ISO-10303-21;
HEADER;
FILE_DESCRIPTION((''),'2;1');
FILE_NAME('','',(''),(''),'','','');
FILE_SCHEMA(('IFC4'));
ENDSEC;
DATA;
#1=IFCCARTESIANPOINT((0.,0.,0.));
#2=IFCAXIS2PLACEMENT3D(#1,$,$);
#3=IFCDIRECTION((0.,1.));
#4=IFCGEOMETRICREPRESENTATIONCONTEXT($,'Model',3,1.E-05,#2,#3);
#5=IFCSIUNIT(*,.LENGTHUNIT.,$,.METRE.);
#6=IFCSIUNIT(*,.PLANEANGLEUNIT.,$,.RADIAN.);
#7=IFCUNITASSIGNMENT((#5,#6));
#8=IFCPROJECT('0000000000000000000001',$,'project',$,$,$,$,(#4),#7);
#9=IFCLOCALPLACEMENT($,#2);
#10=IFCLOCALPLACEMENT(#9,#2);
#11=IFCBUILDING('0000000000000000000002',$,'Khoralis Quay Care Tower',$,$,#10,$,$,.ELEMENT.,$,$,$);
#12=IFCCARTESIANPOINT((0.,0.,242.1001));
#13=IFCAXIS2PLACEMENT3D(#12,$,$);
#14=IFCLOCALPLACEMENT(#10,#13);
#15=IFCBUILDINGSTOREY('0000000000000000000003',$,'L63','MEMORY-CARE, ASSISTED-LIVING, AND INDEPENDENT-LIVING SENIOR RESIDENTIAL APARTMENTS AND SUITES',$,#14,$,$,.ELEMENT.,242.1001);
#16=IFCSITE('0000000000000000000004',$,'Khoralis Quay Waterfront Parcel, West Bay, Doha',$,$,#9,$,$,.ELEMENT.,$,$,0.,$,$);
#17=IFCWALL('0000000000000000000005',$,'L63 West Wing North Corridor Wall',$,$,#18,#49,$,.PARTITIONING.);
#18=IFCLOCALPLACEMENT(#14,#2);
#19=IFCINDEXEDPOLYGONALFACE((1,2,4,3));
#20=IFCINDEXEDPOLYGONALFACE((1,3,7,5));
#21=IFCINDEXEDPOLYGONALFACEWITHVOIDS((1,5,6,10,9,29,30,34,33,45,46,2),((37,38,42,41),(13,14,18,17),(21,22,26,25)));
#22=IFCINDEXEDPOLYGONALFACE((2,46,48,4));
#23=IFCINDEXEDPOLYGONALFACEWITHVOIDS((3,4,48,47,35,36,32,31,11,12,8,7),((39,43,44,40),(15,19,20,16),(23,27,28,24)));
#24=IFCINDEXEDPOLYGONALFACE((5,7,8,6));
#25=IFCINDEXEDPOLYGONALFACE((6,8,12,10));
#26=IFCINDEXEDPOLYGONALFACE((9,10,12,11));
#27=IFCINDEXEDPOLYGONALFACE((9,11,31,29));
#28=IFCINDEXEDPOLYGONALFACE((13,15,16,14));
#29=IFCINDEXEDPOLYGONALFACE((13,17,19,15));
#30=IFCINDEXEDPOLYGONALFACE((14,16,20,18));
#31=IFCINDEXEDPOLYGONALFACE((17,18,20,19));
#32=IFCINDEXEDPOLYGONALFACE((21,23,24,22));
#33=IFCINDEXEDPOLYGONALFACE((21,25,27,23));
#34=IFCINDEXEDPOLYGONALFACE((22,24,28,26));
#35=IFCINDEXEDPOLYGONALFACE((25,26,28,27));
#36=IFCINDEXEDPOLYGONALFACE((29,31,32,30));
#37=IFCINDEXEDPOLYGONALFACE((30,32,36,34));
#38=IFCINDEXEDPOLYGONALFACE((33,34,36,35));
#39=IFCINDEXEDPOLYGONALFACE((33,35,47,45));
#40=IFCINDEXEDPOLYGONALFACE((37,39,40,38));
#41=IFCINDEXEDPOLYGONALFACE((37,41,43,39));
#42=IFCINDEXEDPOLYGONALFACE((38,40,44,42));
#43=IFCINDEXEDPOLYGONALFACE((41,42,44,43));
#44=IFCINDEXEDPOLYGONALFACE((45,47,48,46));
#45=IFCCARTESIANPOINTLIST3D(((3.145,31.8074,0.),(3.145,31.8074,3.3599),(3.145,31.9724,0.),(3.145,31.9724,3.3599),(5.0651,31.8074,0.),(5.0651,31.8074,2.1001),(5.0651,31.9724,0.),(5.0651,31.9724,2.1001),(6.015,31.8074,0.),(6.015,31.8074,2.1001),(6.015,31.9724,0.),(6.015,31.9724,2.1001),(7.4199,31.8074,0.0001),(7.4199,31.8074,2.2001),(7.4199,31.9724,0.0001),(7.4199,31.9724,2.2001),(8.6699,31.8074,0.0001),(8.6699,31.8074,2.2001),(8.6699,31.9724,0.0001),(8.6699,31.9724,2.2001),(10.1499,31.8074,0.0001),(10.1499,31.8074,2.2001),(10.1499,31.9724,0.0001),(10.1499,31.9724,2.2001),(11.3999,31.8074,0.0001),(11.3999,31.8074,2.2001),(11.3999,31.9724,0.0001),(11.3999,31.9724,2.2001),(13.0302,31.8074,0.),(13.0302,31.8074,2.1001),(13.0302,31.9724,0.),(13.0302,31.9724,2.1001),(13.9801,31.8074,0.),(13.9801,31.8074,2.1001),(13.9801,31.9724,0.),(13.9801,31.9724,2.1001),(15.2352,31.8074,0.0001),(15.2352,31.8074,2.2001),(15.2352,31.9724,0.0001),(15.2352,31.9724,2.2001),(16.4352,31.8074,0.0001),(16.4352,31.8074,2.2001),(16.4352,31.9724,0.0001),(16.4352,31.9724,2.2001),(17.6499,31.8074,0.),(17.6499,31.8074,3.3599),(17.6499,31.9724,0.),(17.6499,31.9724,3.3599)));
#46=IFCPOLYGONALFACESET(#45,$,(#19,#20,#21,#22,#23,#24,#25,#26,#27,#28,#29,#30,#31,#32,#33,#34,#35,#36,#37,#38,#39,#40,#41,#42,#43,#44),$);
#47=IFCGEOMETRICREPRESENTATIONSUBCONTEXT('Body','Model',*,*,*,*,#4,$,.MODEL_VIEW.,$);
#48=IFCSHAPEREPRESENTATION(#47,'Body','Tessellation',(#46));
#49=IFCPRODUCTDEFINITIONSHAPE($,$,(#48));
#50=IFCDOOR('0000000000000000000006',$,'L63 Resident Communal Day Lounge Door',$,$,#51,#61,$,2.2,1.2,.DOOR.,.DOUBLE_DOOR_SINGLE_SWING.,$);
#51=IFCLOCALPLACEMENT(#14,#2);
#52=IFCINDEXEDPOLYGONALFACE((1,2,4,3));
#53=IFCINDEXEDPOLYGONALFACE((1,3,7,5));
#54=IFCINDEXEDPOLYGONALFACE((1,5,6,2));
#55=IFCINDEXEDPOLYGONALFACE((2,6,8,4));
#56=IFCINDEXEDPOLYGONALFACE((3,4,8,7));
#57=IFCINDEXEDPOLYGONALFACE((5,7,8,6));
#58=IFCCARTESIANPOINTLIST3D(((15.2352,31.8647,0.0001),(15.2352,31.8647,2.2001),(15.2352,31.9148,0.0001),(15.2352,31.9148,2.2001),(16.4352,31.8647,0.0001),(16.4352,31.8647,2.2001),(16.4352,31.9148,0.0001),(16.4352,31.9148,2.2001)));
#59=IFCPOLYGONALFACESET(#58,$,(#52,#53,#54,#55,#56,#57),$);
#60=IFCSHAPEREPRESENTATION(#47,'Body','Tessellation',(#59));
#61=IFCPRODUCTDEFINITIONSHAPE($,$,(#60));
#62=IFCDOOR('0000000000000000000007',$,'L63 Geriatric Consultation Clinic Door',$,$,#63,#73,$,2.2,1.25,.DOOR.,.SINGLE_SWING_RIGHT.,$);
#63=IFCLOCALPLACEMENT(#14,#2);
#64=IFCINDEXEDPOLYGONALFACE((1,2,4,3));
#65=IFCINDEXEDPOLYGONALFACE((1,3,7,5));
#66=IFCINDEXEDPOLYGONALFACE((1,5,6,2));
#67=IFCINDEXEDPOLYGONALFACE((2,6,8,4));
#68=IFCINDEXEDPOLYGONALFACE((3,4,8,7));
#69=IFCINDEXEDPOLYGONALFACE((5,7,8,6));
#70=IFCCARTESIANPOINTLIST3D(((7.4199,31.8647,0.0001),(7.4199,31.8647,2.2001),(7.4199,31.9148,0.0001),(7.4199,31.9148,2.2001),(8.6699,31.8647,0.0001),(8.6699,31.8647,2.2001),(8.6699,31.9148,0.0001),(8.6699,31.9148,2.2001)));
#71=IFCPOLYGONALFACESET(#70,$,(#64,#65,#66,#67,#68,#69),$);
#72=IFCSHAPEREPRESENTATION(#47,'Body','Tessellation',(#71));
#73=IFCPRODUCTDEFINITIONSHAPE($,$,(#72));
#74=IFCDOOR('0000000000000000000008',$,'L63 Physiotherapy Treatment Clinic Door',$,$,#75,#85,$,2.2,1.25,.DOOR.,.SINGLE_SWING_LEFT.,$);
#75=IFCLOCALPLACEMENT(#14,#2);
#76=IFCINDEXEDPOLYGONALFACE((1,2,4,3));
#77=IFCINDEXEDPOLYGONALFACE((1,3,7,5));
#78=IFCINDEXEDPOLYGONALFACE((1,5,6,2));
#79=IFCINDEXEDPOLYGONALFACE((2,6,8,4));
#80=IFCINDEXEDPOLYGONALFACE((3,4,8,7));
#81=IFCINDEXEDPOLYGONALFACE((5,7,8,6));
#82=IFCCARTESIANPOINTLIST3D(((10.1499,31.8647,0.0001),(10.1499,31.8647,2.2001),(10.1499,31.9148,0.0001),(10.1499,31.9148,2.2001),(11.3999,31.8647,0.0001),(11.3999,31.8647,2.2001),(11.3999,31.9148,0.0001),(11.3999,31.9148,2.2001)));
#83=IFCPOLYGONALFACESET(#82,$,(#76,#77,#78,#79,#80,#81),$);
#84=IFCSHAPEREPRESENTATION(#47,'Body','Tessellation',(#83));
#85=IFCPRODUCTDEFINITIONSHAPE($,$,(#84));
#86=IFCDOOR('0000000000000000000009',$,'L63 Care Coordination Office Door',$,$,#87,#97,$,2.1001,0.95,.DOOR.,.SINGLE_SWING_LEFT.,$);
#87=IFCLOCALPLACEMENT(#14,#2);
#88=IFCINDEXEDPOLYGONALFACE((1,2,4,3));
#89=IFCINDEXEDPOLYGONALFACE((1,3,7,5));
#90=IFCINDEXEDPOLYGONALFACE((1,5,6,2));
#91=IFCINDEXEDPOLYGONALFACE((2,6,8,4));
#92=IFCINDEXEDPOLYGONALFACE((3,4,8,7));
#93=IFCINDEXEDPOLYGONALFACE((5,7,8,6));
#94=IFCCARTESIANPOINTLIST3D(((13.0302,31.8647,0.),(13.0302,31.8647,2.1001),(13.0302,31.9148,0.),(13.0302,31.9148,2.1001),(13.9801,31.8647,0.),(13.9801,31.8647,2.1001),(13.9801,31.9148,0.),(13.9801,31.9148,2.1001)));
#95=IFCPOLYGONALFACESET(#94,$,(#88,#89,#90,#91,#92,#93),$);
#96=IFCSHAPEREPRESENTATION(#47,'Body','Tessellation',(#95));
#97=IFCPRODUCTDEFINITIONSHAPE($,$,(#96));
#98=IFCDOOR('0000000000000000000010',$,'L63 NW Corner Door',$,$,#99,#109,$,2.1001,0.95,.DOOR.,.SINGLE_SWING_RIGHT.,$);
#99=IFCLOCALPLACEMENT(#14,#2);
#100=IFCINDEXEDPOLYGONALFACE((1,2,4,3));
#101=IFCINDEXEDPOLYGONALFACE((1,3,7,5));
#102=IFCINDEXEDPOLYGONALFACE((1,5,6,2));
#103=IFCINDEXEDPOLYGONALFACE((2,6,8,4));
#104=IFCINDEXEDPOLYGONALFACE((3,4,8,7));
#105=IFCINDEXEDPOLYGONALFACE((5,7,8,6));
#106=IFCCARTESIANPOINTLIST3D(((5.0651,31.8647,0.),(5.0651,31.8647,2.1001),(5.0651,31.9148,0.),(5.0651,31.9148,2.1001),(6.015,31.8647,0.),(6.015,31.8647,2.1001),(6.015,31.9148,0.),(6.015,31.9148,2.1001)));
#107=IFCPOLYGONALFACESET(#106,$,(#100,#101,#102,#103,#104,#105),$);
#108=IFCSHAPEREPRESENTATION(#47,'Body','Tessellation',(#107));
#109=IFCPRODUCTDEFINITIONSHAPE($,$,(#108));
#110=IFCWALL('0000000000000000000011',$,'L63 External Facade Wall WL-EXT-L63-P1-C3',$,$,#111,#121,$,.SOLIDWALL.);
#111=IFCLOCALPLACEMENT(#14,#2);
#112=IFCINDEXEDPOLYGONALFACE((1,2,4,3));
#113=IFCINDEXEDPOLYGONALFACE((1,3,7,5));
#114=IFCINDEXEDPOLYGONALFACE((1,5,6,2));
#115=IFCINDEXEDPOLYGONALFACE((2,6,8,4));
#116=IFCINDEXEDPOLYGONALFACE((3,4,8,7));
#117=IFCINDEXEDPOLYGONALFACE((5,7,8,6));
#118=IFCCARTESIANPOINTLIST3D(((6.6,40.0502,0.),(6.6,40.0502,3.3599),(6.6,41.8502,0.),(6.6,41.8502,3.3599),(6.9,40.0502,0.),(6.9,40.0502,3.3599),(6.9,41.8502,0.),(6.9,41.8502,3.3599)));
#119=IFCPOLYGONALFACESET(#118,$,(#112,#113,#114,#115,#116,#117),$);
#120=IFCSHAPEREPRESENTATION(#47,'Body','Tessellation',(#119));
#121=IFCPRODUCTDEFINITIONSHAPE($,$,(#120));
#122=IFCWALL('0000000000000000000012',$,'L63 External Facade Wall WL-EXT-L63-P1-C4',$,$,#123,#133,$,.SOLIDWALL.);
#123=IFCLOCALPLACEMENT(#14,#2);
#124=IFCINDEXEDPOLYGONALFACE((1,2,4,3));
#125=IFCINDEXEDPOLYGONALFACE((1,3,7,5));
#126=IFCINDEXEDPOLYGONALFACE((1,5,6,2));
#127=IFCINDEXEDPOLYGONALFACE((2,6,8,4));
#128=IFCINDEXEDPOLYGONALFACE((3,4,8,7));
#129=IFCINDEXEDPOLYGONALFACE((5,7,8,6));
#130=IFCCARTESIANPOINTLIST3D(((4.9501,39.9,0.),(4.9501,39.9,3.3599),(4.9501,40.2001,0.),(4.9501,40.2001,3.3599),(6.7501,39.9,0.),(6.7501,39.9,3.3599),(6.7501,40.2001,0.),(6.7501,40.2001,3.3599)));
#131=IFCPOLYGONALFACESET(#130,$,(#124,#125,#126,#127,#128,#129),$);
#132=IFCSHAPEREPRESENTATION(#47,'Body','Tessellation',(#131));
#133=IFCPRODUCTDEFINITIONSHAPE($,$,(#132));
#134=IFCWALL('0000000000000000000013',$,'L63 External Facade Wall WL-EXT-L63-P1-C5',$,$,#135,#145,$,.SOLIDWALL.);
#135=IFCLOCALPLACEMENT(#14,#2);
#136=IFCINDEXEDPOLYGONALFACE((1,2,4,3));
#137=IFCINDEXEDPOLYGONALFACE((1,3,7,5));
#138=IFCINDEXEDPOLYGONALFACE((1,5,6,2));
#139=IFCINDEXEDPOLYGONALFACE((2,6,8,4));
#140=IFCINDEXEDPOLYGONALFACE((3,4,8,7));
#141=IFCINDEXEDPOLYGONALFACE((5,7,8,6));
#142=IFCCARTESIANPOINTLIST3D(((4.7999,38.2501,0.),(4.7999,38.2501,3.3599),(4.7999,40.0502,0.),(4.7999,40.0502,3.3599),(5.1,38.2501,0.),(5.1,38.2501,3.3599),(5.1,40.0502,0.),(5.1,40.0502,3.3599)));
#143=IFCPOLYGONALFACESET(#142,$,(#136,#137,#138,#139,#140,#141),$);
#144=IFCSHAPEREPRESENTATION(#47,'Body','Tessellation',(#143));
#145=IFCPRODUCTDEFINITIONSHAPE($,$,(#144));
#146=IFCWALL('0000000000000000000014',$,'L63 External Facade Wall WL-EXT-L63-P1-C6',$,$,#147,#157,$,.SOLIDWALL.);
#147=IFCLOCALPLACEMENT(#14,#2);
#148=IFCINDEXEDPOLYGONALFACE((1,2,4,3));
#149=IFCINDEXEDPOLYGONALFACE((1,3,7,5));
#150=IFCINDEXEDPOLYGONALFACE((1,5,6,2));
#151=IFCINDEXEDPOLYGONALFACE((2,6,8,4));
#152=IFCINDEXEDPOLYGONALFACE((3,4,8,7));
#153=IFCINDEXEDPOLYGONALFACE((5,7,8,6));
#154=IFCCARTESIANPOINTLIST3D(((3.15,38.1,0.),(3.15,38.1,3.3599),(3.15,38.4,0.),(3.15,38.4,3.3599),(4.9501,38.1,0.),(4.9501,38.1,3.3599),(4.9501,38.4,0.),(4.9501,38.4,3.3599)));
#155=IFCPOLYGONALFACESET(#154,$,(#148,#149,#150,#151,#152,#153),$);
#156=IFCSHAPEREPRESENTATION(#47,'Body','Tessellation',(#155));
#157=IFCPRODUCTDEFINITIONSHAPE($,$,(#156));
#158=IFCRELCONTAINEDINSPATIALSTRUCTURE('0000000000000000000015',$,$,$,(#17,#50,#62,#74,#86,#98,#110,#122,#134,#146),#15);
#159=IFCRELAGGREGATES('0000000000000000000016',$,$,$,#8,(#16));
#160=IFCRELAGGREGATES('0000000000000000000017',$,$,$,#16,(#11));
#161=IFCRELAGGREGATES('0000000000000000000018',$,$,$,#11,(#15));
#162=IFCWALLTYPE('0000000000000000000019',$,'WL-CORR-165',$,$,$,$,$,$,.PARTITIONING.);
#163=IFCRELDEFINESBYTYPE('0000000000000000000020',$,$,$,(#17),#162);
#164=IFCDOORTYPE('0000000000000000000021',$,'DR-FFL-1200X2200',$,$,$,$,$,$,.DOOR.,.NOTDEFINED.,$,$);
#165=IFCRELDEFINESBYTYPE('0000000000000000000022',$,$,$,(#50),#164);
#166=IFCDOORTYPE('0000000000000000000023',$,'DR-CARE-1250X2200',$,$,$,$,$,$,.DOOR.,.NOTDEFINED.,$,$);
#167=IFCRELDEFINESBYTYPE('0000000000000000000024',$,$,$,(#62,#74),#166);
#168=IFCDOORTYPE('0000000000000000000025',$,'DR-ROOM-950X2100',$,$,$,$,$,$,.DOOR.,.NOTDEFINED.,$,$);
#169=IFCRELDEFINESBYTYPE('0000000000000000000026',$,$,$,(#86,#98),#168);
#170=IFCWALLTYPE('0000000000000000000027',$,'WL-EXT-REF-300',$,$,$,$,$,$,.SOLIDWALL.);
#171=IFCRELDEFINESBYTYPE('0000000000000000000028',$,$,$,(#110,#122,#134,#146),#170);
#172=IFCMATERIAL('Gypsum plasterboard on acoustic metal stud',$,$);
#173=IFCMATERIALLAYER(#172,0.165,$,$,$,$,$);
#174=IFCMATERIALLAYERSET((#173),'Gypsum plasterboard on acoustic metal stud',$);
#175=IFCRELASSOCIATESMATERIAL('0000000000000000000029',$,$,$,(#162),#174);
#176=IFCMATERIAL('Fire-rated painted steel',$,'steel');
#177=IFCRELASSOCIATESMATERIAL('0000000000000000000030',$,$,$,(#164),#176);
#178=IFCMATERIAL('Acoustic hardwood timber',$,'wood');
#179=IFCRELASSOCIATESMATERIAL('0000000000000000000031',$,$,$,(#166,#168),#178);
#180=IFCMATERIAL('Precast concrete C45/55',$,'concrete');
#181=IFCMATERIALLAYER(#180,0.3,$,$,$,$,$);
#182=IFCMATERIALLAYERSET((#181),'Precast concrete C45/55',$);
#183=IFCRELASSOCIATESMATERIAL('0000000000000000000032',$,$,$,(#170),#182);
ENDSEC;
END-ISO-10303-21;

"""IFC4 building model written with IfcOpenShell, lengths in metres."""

from ifc_helpers import new_model, si_unit, direction, frame, frame_2d, origin, place, context, subcontext, project, spatial, rectangle, extrude, source, transform, mapped, material, layer, layer_set, type_object, element, fill, save


model = new_model("IFC4")

# Units and contexts
model_context = context("Model", 3, precision=1e-05, world=origin(), true_north=direction((0.0, 1.0)))
body_context = subcontext(model_context, "Body", "Model", "MODEL_VIEW")
ifc_project = project(units=[si_unit("LENGTHUNIT", "METRE"), si_unit("PLANEANGLEUNIT", "RADIAN")], contexts=[model_context])

# Site, building, storey
site_placement = place(None, origin())
site = spatial("IfcSite", under=ifc_project, at=site_placement, Name="Khoralis Quay Waterfront Parcel, West Bay, Doha", CompositionType="ELEMENT", RefElevation=0.0)
building_placement = place(site_placement, origin())
building = spatial("IfcBuilding", under=site, at=building_placement, Name="Khoralis Quay Care Tower", CompositionType="ELEMENT")
storey_placement = place(building_placement, frame((0.0, 0.0, 242.1001)))
storey = spatial("IfcBuildingStorey", under=building, at=storey_placement, Name="L63", Description="MEMORY-CARE, ASSISTED-LIVING, AND INDEPENDENT-LIVING SENIOR RESIDENTIAL APARTMENTS AND SUITES", CompositionType="ELEMENT", Elevation=242.1001)

# Shared definitions
ifc_material_1 = material(Name="Gypsum plasterboard on acoustic metal stud")
ifc_layer_1 = layer(ifc_material_1, 0.165)
ifc_layer_set_1 = layer_set([ifc_layer_1], Name="Gypsum plasterboard on acoustic metal stud")
wall_type_1 = type_object("IfcWallType", Name="WL-CORR-165", PredefinedType="PARTITIONING", material=ifc_layer_set_1)
ifc_material_2 = material(Name="Fire-rated painted steel", Category="steel")
door_type_1 = type_object("IfcDoorType", Name="DR-FFL-1200X2200", OperationType="NOTDEFINED", PredefinedType="DOOR", material=ifc_material_2)
shared_shape_1 = source(origin(), body_context, "Body", "SweptSolid", [
    extrude(rectangle(XDim=1.2, YDim=2.2, at=frame_2d((0.6001, 1.1001))), frame((0.0, 0.0249, 0.0), z_axis=(0.0, -1.0, 0.0), x_axis=(1.0, 0.0, 0.0)), (0.0, 0.0, 1.0), 0.05),
])

# Wall, openings, doors
wall_1_placement = place(storey_placement, frame((3.145, 31.8899, 0.0), z_axis=(0.0, 0.0, 1.0), x_axis=(1.0, 0.0, 0.0)))
wall_1 = element("IfcWall", 1, at=wall_1_placement, inside=storey, type_object=wall_type_1, Name="L63 West Wing North Corridor Wall", PredefinedType="PARTITIONING", context=body_context, shape_type="SweptSolid", body=[
    extrude(rectangle(XDim=14.5049, YDim=0.165, at=frame_2d((7.2524, 0.0))), origin(), (0.0, 0.0, 1.0), 3.3599),
])
opening_1_placement = place(wall_1_placement, frame((4.2749, 0.0, 0.0)))
opening_1 = element("IfcOpeningElement", 2, at=opening_1_placement, cuts=wall_1, PredefinedType="OPENING", context=body_context, shape_type="SweptSolid", body=[
    extrude(rectangle(XDim=1.25, YDim=2.2, at=frame_2d((0.625, 1.1001))), frame((0.0, 0.0925, 0.0), z_axis=(0.0, -1.0, 0.0), x_axis=(1.0, 0.0, 0.0)), (0.0, 0.0, 1.0), 0.1851),
])
opening_2_placement = place(wall_1_placement, frame((7.0049, 0.0, 0.0)))
opening_2 = element("IfcOpeningElement", 3, at=opening_2_placement, cuts=wall_1, PredefinedType="OPENING", context=body_context, shape_type="SweptSolid", body=[
    extrude(rectangle(XDim=1.25, YDim=2.2, at=frame_2d((0.625, 1.1001))), frame((0.0, 0.0925, 0.0), z_axis=(0.0, -1.0, 0.0), x_axis=(1.0, 0.0, 0.0)), (0.0, 0.0, 1.0), 0.1851),
])
opening_3_placement = place(wall_1_placement, frame((9.885, 0.0, 0.0)))
opening_3 = element("IfcOpeningElement", 4, at=opening_3_placement, cuts=wall_1, PredefinedType="OPENING", context=body_context, shape_type="SweptSolid", body=[
    extrude(rectangle(XDim=0.95, YDim=2.1001, at=frame_2d((0.4751, 1.05))), frame((0.0, 0.0925, 0.0), z_axis=(0.0, -1.0, 0.0), x_axis=(1.0, 0.0, 0.0)), (0.0, 0.0, 1.0), 0.1851),
])
opening_4_placement = place(wall_1_placement, frame((12.0901, 0.0, 0.0)))
opening_4 = element("IfcOpeningElement", 5, at=opening_4_placement, cuts=wall_1, PredefinedType="OPENING", context=body_context, shape_type="SweptSolid", body=[
    extrude(rectangle(XDim=1.2, YDim=2.2, at=frame_2d((0.6001, 1.1001))), frame((0.0, 0.0925, 0.0), z_axis=(0.0, -1.0, 0.0), x_axis=(1.0, 0.0, 0.0)), (0.0, 0.0, 1.0), 0.1851),
])
opening_5_placement = place(wall_1_placement, frame((1.9199, 0.0, 0.0)))
opening_5 = element("IfcOpeningElement", 6, at=opening_5_placement, cuts=wall_1, PredefinedType="OPENING", context=body_context, shape_type="SweptSolid", body=[
    extrude(rectangle(XDim=0.95, YDim=2.1001, at=frame_2d((0.4751, 1.05))), frame((0.0, 0.0925, 0.0), z_axis=(0.0, -1.0, 0.0), x_axis=(1.0, 0.0, 0.0)), (0.0, 0.0, 1.0), 0.1851),
])
door_1_placement = place(opening_4_placement, origin())
door_1 = element("IfcDoor", 7, at=door_1_placement, inside=storey, type_object=door_type_1, Name="L63 Resident Communal Day Lounge Door", OperationType="DOUBLE_DOOR_SINGLE_SWING", OverallHeight=2.2, OverallWidth=1.2, PredefinedType="DOOR", context=body_context, shape_type="MappedRepresentation", body=[
    mapped(shared_shape_1, transform((0.0, 0.0, 0.0), scale=1.0)),
])
fill(opening_4, door_1)
ifc_material_3 = material(Name="Acoustic hardwood timber", Category="wood")
door_type_2 = type_object("IfcDoorType", Name="DR-CARE-1250X2200", OperationType="NOTDEFINED", PredefinedType="DOOR", material=ifc_material_3)
shared_shape_2 = source(origin(), body_context, "Body", "SweptSolid", [
    extrude(rectangle(XDim=1.25, YDim=2.2, at=frame_2d((0.625, 1.1001))), frame((0.0, 0.0249, 0.0), z_axis=(0.0, -1.0, 0.0), x_axis=(1.0, 0.0, 0.0)), (0.0, 0.0, 1.0), 0.05),
])
door_2_placement = place(opening_1_placement, origin())
door_2 = element("IfcDoor", 8, at=door_2_placement, inside=storey, type_object=door_type_2, Name="L63 Geriatric Consultation Clinic Door", OperationType="SINGLE_SWING_RIGHT", OverallHeight=2.2, OverallWidth=1.25, PredefinedType="DOOR", context=body_context, shape_type="MappedRepresentation", body=[
    mapped(shared_shape_2, transform((0.0, 0.0, 0.0), scale=1.0)),
])
fill(opening_1, door_2)
door_3_placement = place(opening_2_placement, origin())
door_3 = element("IfcDoor", 9, at=door_3_placement, inside=storey, type_object=door_type_2, Name="L63 Physiotherapy Treatment Clinic Door", OperationType="SINGLE_SWING_LEFT", OverallHeight=2.2, OverallWidth=1.25, PredefinedType="DOOR", context=body_context, shape_type="MappedRepresentation", body=[
    mapped(shared_shape_2, transform((0.0, 0.0, 0.0), scale=1.0)),
])
fill(opening_2, door_3)
door_type_3 = type_object("IfcDoorType", Name="DR-ROOM-950X2100", OperationType="NOTDEFINED", PredefinedType="DOOR", material=ifc_material_3)
shared_shape_3 = source(origin(), body_context, "Body", "SweptSolid", [
    extrude(rectangle(XDim=0.95, YDim=2.1001, at=frame_2d((0.4751, 1.05))), frame((0.0, 0.0249, 0.0), z_axis=(0.0, -1.0, 0.0), x_axis=(1.0, 0.0, 0.0)), (0.0, 0.0, 1.0), 0.05),
])
door_4_placement = place(opening_3_placement, origin())
door_4 = element("IfcDoor", 10, at=door_4_placement, inside=storey, type_object=door_type_3, Name="L63 Care Coordination Office Door", OperationType="SINGLE_SWING_LEFT", OverallHeight=2.1001, OverallWidth=0.95, PredefinedType="DOOR", context=body_context, shape_type="MappedRepresentation", body=[
    mapped(shared_shape_3, transform((0.0, 0.0, 0.0), scale=1.0)),
])
fill(opening_3, door_4)
door_5_placement = place(opening_5_placement, origin())
door_5 = element("IfcDoor", 11, at=door_5_placement, inside=storey, type_object=door_type_3, Name="L63 NW Corner Door", OperationType="SINGLE_SWING_RIGHT", OverallHeight=2.1001, OverallWidth=0.95, PredefinedType="DOOR", context=body_context, shape_type="MappedRepresentation", body=[
    mapped(shared_shape_3, transform((0.0, 0.0, 0.0), scale=1.0)),
])
fill(opening_5, door_5)

# Walls
ifc_material_4 = material(Name="Precast concrete C45/55", Category="concrete")
ifc_layer_2 = layer(ifc_material_4, 0.3)
ifc_layer_set_2 = layer_set([ifc_layer_2], Name="Precast concrete C45/55")
wall_type_2 = type_object("IfcWallType", Name="WL-EXT-REF-300", PredefinedType="SOLIDWALL", material=ifc_layer_set_2)
for number, where, z_axis, x_axis, name in (
    (12, (6.75, 41.8501, 0.0), (0.0, 0.0, 1.0), (0.0, -1.0, 0.0), "L63 External Facade Wall WL-EXT-L63-P1-C3"),
    (13, (6.75, 40.05, 0.0), (0.0, 0.0, 1.0), (-1.0, 0.0, 0.0), "L63 External Facade Wall WL-EXT-L63-P1-C4"),
    (14, (4.95, 40.05, 0.0), (0.0, 0.0, 1.0), (0.0, -1.0, 0.0), "L63 External Facade Wall WL-EXT-L63-P1-C5"),
    (15, (4.95, 38.25, 0.0), (0.0, 0.0, 1.0), (-1.0, 0.0, 0.0), "L63 External Facade Wall WL-EXT-L63-P1-C6"),
):
    element("IfcWall", number, at=place(storey_placement, frame(where, z_axis=z_axis, x_axis=x_axis)), inside=storey, type_object=wall_type_2, Name=name, PredefinedType="SOLIDWALL", context=body_context, shape_type="SweptSolid", body=[
        extrude(rectangle(XDim=1.8, YDim=0.3, at=frame_2d((0.8999, 0.0))), origin(), (0.0, 0.0, 1.0), 3.3599),
    ])

save(model, "model.ifc")
